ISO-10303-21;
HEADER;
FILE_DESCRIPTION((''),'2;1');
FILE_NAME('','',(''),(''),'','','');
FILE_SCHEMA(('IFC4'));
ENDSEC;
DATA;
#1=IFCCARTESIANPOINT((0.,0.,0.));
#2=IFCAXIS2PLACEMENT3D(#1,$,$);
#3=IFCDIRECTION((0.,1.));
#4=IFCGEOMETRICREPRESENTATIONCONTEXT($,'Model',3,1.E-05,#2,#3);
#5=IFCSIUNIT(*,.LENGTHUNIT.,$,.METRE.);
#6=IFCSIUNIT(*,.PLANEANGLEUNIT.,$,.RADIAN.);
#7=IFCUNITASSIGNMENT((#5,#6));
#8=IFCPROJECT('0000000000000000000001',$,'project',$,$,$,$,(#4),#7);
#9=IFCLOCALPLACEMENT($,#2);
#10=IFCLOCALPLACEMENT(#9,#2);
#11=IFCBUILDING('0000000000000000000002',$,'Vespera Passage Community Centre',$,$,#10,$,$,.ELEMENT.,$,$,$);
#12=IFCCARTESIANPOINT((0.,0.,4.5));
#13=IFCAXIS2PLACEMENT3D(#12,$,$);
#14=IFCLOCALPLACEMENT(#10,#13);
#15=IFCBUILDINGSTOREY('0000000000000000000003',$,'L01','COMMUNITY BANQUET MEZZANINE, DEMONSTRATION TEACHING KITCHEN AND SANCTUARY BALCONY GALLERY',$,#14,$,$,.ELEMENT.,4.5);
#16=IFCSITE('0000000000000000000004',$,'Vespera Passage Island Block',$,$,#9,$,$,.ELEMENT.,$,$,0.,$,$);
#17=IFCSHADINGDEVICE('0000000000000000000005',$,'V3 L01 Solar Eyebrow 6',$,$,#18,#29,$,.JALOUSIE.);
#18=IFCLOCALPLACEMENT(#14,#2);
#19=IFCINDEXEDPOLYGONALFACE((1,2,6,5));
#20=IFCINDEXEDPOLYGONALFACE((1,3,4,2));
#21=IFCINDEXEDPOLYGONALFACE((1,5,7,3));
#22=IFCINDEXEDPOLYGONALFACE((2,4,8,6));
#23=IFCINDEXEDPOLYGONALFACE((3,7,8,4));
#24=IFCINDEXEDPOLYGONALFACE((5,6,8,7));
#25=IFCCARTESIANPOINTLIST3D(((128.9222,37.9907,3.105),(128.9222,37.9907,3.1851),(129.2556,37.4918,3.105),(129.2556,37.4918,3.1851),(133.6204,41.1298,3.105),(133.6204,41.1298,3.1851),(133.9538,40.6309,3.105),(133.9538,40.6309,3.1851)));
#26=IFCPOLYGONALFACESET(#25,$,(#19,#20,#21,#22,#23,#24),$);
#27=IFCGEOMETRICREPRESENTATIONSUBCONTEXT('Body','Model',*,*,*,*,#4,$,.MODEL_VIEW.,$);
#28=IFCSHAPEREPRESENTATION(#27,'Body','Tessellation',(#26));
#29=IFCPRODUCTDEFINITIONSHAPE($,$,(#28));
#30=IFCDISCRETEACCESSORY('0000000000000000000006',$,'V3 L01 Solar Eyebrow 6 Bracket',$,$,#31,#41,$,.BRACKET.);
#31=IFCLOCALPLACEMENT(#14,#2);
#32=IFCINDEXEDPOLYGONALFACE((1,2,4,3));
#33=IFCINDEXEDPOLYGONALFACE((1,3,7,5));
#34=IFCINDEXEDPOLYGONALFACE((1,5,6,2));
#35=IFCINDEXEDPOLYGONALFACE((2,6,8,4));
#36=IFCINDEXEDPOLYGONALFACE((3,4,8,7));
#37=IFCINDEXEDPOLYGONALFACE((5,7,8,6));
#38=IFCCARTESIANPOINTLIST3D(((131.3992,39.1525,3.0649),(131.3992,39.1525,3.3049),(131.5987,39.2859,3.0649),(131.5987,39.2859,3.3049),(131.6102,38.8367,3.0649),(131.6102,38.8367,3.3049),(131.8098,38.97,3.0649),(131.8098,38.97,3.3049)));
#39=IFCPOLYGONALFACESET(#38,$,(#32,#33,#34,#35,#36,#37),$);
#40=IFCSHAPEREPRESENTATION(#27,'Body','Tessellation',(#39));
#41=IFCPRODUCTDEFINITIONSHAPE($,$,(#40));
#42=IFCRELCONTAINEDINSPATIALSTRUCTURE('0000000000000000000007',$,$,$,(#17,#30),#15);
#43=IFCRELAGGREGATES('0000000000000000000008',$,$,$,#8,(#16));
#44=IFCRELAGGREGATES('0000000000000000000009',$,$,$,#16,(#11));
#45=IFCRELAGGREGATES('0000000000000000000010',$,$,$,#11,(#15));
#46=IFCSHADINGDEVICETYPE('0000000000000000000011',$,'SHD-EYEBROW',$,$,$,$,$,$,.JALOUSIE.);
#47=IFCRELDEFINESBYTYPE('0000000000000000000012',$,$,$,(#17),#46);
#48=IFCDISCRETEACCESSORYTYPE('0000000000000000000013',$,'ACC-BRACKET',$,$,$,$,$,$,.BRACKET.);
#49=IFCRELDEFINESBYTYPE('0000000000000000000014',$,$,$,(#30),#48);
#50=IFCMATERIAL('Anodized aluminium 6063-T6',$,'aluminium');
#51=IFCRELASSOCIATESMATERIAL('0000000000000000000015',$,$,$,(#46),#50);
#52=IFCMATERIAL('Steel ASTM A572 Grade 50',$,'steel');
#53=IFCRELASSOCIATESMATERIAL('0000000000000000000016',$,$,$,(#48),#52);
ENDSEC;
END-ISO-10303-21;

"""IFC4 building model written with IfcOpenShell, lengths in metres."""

from ifc_helpers import new_model, si_unit, direction, frame, origin, origin_2d, place, context, subcontext, project, spatial, rectangle, extrude, material, type_object, element, save


model = new_model("IFC4")

# Units and contexts
model_context = context("Model", 3, precision=1e-05, world=origin(), true_north=direction((0.0, 1.0)))
body_context = subcontext(model_context, "Body", "Model", "MODEL_VIEW")
ifc_project = project(units=[si_unit("LENGTHUNIT", "METRE"), si_unit("PLANEANGLEUNIT", "RADIAN")], contexts=[model_context])

# Site, building, storey
site_placement = place(None, origin())
site = spatial("IfcSite", under=ifc_project, at=site_placement, Name="Vespera Passage Island Block", CompositionType="ELEMENT", RefElevation=0.0)
building_placement = place(site_placement, origin())
building = spatial("IfcBuilding", under=site, at=building_placement, Name="Vespera Passage Community Centre", CompositionType="ELEMENT")
storey_placement = place(building_placement, frame((0.0, 0.0, 4.5)))
storey = spatial("IfcBuildingStorey", under=building, at=storey_placement, Name="L01", Description="COMMUNITY BANQUET MEZZANINE, DEMONSTRATION TEACHING KITCHEN AND SANCTUARY BALCONY GALLERY", CompositionType="ELEMENT", Elevation=4.5)

# Shading device
ifc_material_1 = material(Name="Anodized aluminium 6063-T6", Category="aluminium")
shading_device_type = type_object("IfcShadingDeviceType", Name="SHD-EYEBROW", PredefinedType="JALOUSIE", material=ifc_material_1)
shading_device_placement = place(storey_placement, frame((131.438, 39.3108, 3.105), z_axis=(0.0, 0.0, 1.0), x_axis=(0.831479, 0.555556, 0.0)))
element("IfcShadingDevice", 1, at=shading_device_placement, inside=storey, type_object=shading_device_type, Name="V3 L01 Solar Eyebrow 6", PredefinedType="JALOUSIE", context=body_context, shape_type="SweptSolid", body=[
    extrude(rectangle(XDim=5.6504, YDim=0.6001, at=origin_2d()), origin(), (0.0, 0.0, 1.0), 0.0801),
])

# Discrete accessory
ifc_material_2 = material(Name="Steel ASTM A572 Grade 50", Category="steel")
discrete_accessory_type = type_object("IfcDiscreteAccessoryType", Name="ACC-BRACKET", PredefinedType="BRACKET", material=ifc_material_2)
discrete_accessory_placement = place(storey_placement, frame((131.6045, 39.0613, 3.0649), z_axis=(0.0, 0.0, 1.0), x_axis=(0.831479, 0.555556, 0.0)))
element("IfcDiscreteAccessory", 2, at=discrete_accessory_placement, inside=storey, type_object=discrete_accessory_type, Name="V3 L01 Solar Eyebrow 6 Bracket", PredefinedType="BRACKET", context=body_context, shape_type="SweptSolid", body=[
    extrude(rectangle(XDim=0.24, YDim=0.3799, at=origin_2d()), origin(), (0.0, 0.0, 1.0), 0.24),
])

save(model, "model.ifc")
